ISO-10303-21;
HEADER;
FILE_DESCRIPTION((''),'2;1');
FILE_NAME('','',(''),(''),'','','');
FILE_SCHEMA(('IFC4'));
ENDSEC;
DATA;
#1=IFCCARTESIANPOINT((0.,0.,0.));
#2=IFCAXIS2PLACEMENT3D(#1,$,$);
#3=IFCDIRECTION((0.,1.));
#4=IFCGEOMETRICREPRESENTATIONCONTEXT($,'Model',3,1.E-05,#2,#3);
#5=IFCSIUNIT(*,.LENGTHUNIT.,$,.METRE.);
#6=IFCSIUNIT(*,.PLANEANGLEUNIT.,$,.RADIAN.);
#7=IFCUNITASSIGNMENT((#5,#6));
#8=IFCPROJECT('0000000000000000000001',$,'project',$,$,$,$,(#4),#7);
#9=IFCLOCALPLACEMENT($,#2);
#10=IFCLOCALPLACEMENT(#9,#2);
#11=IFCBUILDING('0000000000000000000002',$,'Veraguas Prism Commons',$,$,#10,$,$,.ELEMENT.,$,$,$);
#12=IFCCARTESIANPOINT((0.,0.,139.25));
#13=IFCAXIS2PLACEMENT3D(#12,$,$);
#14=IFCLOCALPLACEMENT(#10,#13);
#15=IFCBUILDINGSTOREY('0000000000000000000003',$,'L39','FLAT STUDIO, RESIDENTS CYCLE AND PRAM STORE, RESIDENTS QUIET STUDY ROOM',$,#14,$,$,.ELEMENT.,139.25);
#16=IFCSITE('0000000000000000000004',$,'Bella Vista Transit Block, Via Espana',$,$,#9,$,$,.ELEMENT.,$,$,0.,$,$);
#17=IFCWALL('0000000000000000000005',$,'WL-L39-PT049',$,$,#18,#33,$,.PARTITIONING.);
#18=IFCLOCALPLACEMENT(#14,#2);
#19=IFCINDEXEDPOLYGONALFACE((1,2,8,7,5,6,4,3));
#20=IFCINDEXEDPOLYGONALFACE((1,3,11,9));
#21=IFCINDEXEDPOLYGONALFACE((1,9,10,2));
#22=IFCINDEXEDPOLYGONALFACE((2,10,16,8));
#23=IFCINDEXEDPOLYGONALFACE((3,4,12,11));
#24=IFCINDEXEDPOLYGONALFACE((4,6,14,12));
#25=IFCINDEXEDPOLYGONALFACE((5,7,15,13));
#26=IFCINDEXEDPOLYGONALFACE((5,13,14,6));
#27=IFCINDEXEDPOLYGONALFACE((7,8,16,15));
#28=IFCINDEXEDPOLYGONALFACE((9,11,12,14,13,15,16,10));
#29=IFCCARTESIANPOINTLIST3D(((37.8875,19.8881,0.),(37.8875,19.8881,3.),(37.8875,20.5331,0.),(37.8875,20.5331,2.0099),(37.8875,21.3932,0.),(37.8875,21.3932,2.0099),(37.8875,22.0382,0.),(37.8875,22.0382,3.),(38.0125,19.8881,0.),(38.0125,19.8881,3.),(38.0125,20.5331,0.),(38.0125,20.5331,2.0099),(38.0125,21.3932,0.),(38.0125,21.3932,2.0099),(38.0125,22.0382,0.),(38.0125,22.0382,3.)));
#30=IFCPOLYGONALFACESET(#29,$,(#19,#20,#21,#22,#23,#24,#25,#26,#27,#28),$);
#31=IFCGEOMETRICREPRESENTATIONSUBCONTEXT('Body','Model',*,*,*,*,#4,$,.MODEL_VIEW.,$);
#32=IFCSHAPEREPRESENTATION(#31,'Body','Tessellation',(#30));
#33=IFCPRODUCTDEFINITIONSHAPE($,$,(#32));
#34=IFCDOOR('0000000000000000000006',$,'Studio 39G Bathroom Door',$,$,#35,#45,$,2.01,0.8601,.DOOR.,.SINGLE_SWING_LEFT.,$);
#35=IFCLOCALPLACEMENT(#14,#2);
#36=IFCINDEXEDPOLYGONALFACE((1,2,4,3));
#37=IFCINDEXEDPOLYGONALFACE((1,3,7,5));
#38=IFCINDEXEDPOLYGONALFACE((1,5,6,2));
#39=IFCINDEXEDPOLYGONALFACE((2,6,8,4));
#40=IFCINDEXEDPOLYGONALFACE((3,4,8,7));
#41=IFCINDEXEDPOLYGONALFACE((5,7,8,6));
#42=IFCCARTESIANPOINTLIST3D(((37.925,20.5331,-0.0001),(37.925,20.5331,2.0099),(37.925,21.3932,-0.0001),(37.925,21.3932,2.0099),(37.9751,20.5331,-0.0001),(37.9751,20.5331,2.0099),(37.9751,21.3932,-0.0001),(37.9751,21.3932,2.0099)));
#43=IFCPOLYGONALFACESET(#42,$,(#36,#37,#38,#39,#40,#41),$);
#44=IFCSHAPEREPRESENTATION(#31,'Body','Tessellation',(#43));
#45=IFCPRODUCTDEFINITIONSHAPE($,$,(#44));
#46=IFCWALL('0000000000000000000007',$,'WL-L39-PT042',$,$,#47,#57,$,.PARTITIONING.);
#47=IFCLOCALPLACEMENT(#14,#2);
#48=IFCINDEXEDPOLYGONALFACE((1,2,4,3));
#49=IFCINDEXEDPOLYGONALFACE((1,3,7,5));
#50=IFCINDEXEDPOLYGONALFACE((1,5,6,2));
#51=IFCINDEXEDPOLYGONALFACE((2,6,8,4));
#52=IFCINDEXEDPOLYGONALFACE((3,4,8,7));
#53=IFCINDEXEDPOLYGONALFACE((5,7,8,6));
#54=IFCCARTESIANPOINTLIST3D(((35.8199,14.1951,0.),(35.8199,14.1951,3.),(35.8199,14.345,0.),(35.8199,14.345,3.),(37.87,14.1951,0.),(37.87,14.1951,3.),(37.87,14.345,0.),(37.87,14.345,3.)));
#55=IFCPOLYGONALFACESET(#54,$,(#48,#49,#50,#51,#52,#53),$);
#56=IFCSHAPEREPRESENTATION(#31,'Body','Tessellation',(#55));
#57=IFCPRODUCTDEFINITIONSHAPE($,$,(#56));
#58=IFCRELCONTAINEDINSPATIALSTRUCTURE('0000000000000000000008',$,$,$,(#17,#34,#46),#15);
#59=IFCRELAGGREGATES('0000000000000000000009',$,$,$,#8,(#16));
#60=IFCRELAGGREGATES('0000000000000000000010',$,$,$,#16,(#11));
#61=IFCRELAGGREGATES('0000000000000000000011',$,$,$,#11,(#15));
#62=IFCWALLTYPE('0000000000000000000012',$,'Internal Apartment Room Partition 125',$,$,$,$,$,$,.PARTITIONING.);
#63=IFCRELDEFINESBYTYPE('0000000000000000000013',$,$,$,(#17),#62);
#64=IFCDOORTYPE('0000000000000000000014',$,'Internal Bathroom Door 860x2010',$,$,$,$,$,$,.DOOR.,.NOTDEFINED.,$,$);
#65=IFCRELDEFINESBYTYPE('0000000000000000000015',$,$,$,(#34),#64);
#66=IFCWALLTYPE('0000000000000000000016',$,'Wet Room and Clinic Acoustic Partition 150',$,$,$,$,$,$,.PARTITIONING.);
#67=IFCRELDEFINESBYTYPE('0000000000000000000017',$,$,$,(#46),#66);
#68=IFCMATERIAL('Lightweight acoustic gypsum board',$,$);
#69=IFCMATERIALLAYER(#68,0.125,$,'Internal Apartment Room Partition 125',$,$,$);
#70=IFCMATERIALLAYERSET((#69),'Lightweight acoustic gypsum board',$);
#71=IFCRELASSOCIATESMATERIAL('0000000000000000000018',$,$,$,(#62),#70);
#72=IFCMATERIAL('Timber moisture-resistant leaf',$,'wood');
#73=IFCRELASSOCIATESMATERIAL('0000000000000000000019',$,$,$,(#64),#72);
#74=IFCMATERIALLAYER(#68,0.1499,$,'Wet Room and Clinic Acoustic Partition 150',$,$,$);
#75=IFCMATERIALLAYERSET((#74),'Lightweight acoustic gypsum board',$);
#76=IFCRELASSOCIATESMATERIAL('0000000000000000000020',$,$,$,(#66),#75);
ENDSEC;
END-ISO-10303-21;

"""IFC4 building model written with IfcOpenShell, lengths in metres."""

from ifc_helpers import new_model, si_unit, direction, frame, frame_2d, origin, place, context, subcontext, project, spatial, rectangle, extrude, source, transform, mapped, material, layer, layer_set, type_object, element, fill, save


model = new_model("IFC4")

# Units and contexts
model_context = context("Model", 3, precision=1e-05, world=origin(), true_north=direction((0.0, 1.0)))
body_context = subcontext(model_context, "Body", "Model", "MODEL_VIEW")
ifc_project = project(units=[si_unit("LENGTHUNIT", "METRE"), si_unit("PLANEANGLEUNIT", "RADIAN")], contexts=[model_context])

# Site, building, storey
site_placement = place(None, origin())
site = spatial("IfcSite", under=ifc_project, at=site_placement, Name="Bella Vista Transit Block, Via Espana", CompositionType="ELEMENT", RefElevation=0.0)
building_placement = place(site_placement, origin())
building = spatial("IfcBuilding", under=site, at=building_placement, Name="Veraguas Prism Commons", CompositionType="ELEMENT")
storey_placement = place(building_placement, frame((0.0, 0.0, 139.25)))
storey = spatial("IfcBuildingStorey", under=building, at=storey_placement, Name="L39", Description="FLAT STUDIO, RESIDENTS CYCLE AND PRAM STORE, RESIDENTS QUIET STUDY ROOM", CompositionType="ELEMENT", Elevation=139.25)

# Wall, opening, door
ifc_material_1 = material(Name="Lightweight acoustic gypsum board")
ifc_layer_1 = layer(ifc_material_1, 0.125, Name="Internal Apartment Room Partition 125")
ifc_layer_set_1 = layer_set([ifc_layer_1], Name="Lightweight acoustic gypsum board")
wall_type_1 = type_object("IfcWallType", Name="Internal Apartment Room Partition 125", PredefinedType="PARTITIONING", material=ifc_layer_set_1)
wall_1_placement = place(storey_placement, frame((37.95, 19.8879, 0.0), z_axis=(0.0, 0.0, 1.0), x_axis=(0.0, 1.0, 0.0)))
wall_1 = element("IfcWall", 1, at=wall_1_placement, inside=storey, type_object=wall_type_1, Name="WL-L39-PT049", PredefinedType="PARTITIONING", context=body_context, shape_type="SweptSolid", body=[
    extrude(rectangle(XDim=2.1501, YDim=0.125, at=frame_2d((1.0752, 0.0))), origin(), (0.0, 0.0, 1.0), 3.0),
])
opening_1_placement = place(wall_1_placement, frame((0.645, 0.0, 0.0)))
opening_1 = element("IfcOpeningElement", 2, at=opening_1_placement, cuts=wall_1, PredefinedType="OPENING", context=body_context, shape_type="SweptSolid", body=[
    extrude(rectangle(XDim=0.8601, YDim=2.01, at=frame_2d((0.4302, 1.0049))), frame((0.0, 0.0725, 0.0), z_axis=(0.0, -1.0, 0.0), x_axis=(1.0, 0.0, 0.0)), (0.0, 0.0, 1.0), 0.145),
])
ifc_material_2 = material(Name="Timber moisture-resistant leaf", Category="wood")
door_type_1 = type_object("IfcDoorType", Name="Internal Bathroom Door 860x2010", OperationType="NOTDEFINED", PredefinedType="DOOR", material=ifc_material_2)
shared_shape_1 = source(origin(), body_context, "Body", "SweptSolid", [
    extrude(rectangle(XDim=0.8601, YDim=2.01, at=frame_2d((0.4302, 1.0049))), frame((0.0, 0.0249, 0.0), z_axis=(0.0, -1.0, 0.0), x_axis=(1.0, 0.0, 0.0)), (0.0, 0.0, 1.0), 0.05),
])
door_1_placement = place(opening_1_placement, origin())
door_1 = element("IfcDoor", 3, at=door_1_placement, inside=storey, type_object=door_type_1, Name="Studio 39G Bathroom Door", OperationType="SINGLE_SWING_LEFT", OverallHeight=2.01, OverallWidth=0.8601, PredefinedType="DOOR", context=body_context, shape_type="MappedRepresentation", body=[
    mapped(shared_shape_1, transform((0.0, 0.0, 0.0), scale=1.0)),
])
fill(opening_1, door_1)

# Wall
ifc_layer_2 = layer(ifc_material_1, 0.1499, Name="Wet Room and Clinic Acoustic Partition 150")
ifc_layer_set_2 = layer_set([ifc_layer_2], Name="Lightweight acoustic gypsum board")
wall_type_2 = type_object("IfcWallType", Name="Wet Room and Clinic Acoustic Partition 150", PredefinedType="PARTITIONING", material=ifc_layer_set_2)
wall_2_placement = place(storey_placement, frame((35.8201, 14.27, 0.0), z_axis=(0.0, 0.0, 1.0), x_axis=(1.0, 0.0, 0.0)))
element("IfcWall", 4, at=wall_2_placement, inside=storey, type_object=wall_type_2, Name="WL-L39-PT042", PredefinedType="PARTITIONING", context=body_context, shape_type="SweptSolid", body=[
    extrude(rectangle(XDim=2.05, YDim=0.1499, at=frame_2d((1.0249, 0.0))), origin(), (0.0, 0.0, 1.0), 3.0),
])

save(model, "model.ifc")
